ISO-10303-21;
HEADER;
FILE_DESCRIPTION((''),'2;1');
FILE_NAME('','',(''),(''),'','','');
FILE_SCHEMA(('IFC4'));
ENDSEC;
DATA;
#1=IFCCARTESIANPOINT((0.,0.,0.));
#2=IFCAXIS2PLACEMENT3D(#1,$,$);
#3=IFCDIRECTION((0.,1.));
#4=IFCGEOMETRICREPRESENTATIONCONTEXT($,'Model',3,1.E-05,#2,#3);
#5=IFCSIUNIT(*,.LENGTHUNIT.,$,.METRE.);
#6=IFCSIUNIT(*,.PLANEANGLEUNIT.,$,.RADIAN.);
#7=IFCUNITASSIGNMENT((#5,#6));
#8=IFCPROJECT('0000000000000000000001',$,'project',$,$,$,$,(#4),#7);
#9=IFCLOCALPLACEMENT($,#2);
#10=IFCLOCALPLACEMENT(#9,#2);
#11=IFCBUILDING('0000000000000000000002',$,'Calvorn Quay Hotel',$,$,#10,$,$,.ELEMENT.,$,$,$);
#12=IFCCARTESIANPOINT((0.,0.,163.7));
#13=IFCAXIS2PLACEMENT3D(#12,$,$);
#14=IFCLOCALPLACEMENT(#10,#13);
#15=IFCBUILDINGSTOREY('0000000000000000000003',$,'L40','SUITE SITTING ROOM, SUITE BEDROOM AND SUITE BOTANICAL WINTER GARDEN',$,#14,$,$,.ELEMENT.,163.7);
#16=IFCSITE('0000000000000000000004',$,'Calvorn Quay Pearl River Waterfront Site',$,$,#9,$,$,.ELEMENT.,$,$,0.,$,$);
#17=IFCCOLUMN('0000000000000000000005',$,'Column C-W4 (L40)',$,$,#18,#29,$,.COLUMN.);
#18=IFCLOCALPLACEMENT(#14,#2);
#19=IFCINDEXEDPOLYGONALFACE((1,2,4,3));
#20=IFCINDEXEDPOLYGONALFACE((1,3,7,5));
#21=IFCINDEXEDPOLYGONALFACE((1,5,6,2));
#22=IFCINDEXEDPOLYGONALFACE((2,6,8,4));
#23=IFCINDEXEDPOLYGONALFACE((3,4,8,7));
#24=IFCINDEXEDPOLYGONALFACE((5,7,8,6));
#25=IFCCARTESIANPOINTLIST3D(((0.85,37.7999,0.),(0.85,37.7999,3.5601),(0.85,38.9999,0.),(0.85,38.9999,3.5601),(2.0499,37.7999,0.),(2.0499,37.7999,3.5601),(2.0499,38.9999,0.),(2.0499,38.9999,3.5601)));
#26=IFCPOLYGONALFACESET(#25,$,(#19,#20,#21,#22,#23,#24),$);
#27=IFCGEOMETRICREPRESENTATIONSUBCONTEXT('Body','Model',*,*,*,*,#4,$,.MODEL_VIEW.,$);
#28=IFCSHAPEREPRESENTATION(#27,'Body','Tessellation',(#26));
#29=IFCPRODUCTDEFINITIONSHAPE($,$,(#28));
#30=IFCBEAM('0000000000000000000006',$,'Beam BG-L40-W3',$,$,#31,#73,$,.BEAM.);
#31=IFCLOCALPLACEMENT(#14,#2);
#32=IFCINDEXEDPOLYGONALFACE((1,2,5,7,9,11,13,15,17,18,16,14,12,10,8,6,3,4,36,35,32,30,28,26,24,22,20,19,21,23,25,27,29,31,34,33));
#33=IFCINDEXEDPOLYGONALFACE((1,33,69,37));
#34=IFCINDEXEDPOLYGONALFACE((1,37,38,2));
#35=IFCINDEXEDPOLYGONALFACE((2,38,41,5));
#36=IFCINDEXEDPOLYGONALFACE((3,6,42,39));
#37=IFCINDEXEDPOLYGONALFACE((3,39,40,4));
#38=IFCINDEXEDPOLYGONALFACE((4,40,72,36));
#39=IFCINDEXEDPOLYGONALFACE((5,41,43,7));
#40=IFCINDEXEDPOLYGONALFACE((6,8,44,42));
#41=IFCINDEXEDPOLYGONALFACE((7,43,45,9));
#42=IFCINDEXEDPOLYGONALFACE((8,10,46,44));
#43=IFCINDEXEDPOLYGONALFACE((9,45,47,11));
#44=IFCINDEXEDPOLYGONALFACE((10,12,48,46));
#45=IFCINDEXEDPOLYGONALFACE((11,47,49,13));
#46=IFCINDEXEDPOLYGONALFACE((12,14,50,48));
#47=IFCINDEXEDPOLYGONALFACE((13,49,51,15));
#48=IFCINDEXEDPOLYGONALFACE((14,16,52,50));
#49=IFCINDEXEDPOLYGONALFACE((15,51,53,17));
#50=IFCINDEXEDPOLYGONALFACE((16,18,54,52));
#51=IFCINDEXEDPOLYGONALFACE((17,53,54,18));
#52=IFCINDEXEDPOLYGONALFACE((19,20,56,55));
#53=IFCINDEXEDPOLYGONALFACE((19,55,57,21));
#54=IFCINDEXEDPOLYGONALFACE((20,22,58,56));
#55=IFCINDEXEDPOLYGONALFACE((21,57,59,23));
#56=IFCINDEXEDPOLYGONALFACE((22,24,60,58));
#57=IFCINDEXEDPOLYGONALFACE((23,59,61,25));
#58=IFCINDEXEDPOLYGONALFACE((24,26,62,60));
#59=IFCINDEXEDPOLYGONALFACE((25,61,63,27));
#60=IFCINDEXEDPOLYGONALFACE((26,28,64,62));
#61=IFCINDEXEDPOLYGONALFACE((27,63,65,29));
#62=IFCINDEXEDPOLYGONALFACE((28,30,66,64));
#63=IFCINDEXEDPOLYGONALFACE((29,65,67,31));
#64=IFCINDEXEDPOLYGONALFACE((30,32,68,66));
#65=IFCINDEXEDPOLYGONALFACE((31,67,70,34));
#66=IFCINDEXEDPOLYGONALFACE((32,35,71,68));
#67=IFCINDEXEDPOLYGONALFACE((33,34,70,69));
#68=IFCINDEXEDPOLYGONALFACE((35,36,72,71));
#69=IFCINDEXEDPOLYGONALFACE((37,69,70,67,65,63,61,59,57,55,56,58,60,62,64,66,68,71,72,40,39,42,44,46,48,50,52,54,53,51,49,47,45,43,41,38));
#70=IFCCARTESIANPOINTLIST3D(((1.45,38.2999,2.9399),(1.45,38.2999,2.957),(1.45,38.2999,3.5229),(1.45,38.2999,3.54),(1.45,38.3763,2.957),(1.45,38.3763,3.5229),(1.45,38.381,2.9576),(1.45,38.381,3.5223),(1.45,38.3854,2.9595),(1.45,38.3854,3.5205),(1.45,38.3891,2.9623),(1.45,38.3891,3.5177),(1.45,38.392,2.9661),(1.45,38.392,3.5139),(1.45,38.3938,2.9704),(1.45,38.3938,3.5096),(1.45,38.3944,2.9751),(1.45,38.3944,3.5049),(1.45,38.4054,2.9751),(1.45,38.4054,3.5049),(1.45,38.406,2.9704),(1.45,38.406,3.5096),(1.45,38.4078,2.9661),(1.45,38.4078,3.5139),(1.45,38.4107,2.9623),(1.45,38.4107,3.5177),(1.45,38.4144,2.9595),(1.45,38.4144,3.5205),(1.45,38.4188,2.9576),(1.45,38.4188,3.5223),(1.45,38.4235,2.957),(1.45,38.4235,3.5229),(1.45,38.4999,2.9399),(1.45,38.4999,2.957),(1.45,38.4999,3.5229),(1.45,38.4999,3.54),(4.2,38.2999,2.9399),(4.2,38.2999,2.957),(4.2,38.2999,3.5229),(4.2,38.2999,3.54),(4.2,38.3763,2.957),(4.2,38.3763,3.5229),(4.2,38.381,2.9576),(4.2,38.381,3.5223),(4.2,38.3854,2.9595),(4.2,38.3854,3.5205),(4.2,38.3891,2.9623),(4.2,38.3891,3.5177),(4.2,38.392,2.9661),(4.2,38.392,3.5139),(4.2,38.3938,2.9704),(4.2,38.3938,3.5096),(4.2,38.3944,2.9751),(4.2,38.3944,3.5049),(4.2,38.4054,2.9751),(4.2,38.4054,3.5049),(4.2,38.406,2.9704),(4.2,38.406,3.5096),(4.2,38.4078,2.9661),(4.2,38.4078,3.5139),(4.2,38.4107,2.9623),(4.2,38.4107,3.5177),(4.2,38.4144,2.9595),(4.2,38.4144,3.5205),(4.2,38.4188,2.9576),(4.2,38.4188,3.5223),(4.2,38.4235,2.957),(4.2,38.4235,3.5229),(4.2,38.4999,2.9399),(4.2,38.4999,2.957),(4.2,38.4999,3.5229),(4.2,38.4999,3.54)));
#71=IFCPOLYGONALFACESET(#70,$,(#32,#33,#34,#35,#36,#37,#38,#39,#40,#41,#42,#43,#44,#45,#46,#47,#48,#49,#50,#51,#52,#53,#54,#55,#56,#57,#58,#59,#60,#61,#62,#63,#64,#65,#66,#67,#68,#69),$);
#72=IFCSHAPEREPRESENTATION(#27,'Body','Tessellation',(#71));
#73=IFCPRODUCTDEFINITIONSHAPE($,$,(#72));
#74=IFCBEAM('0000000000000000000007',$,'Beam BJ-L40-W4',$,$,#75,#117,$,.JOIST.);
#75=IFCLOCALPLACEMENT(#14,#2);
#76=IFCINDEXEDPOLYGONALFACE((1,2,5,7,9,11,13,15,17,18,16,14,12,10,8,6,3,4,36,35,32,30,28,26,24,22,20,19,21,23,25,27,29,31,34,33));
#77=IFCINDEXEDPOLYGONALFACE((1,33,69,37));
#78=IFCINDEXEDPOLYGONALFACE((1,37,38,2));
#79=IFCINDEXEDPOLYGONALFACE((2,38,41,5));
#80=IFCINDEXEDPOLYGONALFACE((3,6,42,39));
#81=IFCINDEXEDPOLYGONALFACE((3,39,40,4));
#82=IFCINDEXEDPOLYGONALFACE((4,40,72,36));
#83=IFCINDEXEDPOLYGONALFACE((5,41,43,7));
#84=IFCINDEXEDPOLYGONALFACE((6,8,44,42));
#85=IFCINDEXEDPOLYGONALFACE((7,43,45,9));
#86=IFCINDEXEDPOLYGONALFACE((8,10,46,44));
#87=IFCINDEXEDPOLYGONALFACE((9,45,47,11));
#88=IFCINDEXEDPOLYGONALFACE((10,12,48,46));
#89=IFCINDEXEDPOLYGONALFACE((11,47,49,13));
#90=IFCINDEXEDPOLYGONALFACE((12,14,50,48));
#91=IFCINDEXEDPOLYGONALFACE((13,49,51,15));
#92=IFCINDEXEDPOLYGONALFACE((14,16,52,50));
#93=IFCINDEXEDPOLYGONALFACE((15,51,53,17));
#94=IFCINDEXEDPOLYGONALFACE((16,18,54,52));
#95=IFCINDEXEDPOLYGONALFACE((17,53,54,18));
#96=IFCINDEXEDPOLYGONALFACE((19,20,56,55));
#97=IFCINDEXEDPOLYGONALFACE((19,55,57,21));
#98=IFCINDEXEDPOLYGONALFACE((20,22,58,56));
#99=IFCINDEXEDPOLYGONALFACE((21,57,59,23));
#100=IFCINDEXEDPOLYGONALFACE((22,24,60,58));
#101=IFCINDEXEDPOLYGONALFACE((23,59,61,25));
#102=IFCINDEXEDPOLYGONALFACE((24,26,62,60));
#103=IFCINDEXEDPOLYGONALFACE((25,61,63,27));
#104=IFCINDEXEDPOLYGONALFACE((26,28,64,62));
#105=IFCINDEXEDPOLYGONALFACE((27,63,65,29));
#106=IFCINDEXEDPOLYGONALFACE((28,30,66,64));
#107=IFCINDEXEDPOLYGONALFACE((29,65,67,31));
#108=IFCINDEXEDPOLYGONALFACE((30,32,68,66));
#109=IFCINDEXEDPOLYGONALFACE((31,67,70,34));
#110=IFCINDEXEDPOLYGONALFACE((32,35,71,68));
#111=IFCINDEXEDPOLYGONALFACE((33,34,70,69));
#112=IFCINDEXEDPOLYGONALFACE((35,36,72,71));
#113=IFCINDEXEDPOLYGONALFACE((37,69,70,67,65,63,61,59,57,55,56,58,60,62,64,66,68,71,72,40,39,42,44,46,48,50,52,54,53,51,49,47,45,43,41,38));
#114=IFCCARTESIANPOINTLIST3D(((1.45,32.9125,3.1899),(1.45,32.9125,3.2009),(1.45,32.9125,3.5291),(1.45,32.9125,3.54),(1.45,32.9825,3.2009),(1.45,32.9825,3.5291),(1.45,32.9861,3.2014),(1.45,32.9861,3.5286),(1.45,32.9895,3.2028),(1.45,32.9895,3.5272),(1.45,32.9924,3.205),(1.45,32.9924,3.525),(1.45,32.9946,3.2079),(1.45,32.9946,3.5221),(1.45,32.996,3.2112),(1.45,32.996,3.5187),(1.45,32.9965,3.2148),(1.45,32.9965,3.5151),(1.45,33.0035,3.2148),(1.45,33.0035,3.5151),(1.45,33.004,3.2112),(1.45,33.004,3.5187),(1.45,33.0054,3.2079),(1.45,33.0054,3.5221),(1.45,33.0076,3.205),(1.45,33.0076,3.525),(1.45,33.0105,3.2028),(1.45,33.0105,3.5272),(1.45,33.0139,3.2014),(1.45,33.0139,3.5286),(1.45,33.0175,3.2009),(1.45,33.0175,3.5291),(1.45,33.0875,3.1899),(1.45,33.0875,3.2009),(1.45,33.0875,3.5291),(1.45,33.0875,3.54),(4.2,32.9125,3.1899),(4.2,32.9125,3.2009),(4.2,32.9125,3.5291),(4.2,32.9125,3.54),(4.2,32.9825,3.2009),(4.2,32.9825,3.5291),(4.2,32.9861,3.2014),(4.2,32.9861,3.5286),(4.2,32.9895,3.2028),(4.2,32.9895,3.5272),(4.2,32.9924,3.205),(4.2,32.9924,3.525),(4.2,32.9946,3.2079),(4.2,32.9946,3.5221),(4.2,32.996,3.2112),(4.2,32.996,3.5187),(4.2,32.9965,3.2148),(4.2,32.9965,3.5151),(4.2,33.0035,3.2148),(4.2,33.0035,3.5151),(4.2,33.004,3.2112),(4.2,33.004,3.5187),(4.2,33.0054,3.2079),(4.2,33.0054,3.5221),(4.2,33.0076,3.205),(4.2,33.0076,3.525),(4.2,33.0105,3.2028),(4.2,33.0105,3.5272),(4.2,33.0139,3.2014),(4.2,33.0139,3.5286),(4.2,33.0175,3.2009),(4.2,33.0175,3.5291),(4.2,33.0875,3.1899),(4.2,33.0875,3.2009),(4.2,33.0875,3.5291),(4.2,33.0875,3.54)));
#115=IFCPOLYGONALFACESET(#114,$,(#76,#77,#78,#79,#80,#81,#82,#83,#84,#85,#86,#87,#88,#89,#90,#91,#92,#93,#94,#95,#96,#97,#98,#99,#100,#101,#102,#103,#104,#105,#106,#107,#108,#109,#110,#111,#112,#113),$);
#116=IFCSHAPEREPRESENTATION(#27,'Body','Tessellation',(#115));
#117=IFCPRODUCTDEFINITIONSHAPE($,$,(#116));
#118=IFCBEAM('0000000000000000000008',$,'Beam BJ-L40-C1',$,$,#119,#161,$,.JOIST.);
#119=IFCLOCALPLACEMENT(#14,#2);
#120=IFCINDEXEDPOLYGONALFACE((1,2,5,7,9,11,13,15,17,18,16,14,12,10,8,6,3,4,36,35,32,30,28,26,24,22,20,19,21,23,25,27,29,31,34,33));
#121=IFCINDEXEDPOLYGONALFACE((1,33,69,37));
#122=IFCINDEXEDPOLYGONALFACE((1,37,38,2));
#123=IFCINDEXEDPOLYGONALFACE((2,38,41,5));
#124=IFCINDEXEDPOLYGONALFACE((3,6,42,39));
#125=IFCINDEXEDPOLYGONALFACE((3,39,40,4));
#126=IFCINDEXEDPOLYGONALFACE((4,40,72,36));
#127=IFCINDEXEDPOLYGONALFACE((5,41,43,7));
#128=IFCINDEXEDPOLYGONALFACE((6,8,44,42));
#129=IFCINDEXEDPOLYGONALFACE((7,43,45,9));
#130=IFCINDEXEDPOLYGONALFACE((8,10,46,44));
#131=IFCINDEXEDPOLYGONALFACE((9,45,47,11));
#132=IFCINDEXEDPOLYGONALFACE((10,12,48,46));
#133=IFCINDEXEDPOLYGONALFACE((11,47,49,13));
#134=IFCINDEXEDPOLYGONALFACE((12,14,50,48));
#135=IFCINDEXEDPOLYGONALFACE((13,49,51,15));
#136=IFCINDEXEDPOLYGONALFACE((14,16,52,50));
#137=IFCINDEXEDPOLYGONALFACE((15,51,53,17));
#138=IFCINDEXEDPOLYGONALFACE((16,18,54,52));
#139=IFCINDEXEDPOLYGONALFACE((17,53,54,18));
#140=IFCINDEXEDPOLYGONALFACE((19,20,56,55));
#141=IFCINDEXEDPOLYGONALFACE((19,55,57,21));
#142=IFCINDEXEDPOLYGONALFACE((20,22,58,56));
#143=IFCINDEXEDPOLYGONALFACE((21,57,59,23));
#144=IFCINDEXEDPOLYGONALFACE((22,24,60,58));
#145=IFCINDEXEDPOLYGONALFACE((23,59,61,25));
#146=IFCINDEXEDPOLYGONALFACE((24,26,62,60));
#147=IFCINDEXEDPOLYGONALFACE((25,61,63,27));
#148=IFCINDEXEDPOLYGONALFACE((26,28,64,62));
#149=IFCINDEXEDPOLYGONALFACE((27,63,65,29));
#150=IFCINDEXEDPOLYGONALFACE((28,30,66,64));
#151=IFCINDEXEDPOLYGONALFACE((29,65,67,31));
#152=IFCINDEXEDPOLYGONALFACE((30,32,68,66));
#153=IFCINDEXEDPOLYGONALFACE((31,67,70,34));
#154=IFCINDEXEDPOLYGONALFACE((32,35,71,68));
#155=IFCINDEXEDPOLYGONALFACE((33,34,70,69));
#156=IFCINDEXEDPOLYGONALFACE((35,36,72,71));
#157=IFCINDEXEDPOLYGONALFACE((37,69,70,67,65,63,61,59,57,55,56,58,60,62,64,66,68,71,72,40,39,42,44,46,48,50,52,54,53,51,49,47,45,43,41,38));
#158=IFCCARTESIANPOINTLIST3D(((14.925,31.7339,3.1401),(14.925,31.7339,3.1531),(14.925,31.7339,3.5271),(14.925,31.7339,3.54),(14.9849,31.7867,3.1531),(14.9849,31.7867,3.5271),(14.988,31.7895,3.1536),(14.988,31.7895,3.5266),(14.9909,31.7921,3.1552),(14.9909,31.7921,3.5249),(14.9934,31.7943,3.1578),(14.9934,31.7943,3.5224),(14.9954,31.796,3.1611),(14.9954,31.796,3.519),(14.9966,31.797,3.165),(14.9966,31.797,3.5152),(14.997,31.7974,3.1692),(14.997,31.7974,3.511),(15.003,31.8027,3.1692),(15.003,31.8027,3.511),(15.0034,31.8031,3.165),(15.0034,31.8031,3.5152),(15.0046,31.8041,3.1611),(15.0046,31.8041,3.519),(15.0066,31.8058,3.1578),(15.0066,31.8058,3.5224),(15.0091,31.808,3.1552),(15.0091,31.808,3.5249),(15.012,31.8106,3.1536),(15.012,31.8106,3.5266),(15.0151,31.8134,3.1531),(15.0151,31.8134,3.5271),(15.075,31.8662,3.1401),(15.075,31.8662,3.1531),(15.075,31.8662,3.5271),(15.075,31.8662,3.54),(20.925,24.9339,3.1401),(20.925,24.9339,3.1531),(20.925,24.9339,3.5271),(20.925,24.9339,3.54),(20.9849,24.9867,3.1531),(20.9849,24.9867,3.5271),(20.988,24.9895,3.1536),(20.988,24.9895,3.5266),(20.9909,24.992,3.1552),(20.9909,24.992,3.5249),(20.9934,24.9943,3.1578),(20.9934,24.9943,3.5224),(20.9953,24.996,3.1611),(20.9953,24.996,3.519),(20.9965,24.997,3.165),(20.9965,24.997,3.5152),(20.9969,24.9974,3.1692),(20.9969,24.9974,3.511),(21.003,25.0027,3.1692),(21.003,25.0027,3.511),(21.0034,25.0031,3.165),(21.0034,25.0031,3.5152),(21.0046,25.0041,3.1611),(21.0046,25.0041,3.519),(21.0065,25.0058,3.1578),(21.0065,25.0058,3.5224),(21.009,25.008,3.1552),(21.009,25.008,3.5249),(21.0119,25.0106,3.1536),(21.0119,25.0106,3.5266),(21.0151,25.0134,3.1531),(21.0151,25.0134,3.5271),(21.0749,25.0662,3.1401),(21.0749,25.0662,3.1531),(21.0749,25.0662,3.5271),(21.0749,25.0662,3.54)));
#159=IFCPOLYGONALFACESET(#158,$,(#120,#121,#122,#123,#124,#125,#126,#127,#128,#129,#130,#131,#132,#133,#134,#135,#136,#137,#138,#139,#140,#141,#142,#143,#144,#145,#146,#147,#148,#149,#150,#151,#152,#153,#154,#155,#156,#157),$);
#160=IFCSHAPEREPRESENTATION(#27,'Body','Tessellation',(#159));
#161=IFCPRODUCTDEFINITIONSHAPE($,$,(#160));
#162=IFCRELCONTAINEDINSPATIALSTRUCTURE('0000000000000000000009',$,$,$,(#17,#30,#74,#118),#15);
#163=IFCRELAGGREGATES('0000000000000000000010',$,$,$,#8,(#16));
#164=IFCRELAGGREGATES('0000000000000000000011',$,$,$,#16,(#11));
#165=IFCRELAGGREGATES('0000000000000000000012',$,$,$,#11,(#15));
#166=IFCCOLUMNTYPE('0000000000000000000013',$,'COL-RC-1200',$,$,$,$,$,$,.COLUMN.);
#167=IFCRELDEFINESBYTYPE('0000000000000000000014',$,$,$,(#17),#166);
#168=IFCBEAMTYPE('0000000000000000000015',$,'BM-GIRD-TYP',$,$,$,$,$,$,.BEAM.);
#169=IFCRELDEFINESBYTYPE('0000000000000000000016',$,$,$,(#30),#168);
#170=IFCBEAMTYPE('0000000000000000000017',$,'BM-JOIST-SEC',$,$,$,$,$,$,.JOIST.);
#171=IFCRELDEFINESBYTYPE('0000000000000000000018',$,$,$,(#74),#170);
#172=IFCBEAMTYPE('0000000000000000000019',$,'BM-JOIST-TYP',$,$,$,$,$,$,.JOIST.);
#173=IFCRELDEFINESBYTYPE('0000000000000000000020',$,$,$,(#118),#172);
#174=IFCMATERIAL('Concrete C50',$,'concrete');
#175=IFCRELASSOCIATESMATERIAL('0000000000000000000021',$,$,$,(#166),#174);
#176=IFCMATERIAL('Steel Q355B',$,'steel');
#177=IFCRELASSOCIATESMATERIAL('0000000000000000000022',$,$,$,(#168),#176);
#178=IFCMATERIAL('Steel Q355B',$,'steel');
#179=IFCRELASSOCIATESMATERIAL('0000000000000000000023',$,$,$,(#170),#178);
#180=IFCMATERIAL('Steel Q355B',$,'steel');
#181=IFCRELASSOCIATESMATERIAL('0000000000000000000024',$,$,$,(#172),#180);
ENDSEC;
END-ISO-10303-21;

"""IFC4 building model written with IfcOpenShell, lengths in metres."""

from ifc_helpers import new_model, si_unit, direction, frame, origin, origin_2d, place, context, subcontext, project, spatial, rectangle, i_section, extrude, material, material_profile, profile_set, type_object, element, save


model = new_model("IFC4")

# Units and contexts
model_context = context("Model", 3, precision=1e-05, world=origin(), true_north=direction((0.0, 1.0)))
body_context = subcontext(model_context, "Body", "Model", "MODEL_VIEW")
ifc_project = project(units=[si_unit("LENGTHUNIT", "METRE"), si_unit("PLANEANGLEUNIT", "RADIAN")], contexts=[model_context])

# Site, building, storey
site_placement = place(None, origin())
site = spatial("IfcSite", under=ifc_project, at=site_placement, Name="Calvorn Quay Pearl River Waterfront Site", CompositionType="ELEMENT", RefElevation=0.0)
building_placement = place(site_placement, origin())
building = spatial("IfcBuilding", under=site, at=building_placement, Name="Calvorn Quay Hotel", CompositionType="ELEMENT")
storey_placement = place(building_placement, frame((0.0, 0.0, 163.7)))
storey = spatial("IfcBuildingStorey", under=building, at=storey_placement, Name="L40", Description="SUITE SITTING ROOM, SUITE BEDROOM AND SUITE BOTANICAL WINTER GARDEN", CompositionType="ELEMENT", Elevation=163.7)

# Column
ifc_material_1 = material(Name="Concrete C50", Category="concrete")
ifc_material_profile_1 = material_profile(ifc_material_1, rectangle(XDim=1.2, YDim=1.2, at=origin_2d()), Name="RC1200x1200")
ifc_profile_set_1 = profile_set([ifc_material_profile_1], Name="Concrete C50")
column_type = type_object("IfcColumnType", Name="COL-RC-1200", PredefinedType="COLUMN", material=ifc_profile_set_1)
column_placement = place(storey_placement, frame((1.45, 38.3999, 0.0), z_axis=(0.0, 0.0, 1.0), x_axis=(1.0, 0.0, 0.0)))
element("IfcColumn", 1, at=column_placement, inside=storey, type_object=column_type, Name="Column C-W4 (L40)", PredefinedType="COLUMN", context=body_context, shape_type="SweptSolid", body=[
    extrude(rectangle(XDim=1.2, YDim=1.2, at=origin_2d()), origin(), (0.0, 0.0, 1.0), 3.5601),
])

# Beams
ifc_material_2 = material(Name="Steel Q355B", Category="steel")
ifc_material_profile_2 = material_profile(ifc_material_2, i_section(OverallWidth=0.2, OverallDepth=0.6001, WebThickness=0.011, FlangeThickness=0.0171, FilletRadius=0.0181, at=origin_2d()), Name="HN600x200x11x17")
ifc_profile_set_2 = profile_set([ifc_material_profile_2], Name="Steel Q355B")
beam_type_1 = type_object("IfcBeamType", Name="BM-GIRD-TYP", PredefinedType="BEAM", material=ifc_profile_set_2)
beam_1_placement = place(storey_placement, frame((1.45, 38.3999, 3.24), z_axis=(1.0, 0.0, 0.0), x_axis=(0.0, 1.0, 0.0)))
element("IfcBeam", 2, at=beam_1_placement, inside=storey, type_object=beam_type_1, Name="Beam BG-L40-W3", PredefinedType="BEAM", context=body_context, shape_type="SweptSolid", body=[
    extrude(i_section(OverallWidth=0.2, OverallDepth=0.6001, WebThickness=0.011, FlangeThickness=0.0171, FilletRadius=0.0181, at=origin_2d()), origin(), (0.0, 0.0, 1.0), 2.75),
])
ifc_material_3 = material(Name="Steel Q355B", Category="steel")
ifc_material_profile_3 = material_profile(ifc_material_3, i_section(OverallWidth=0.175, OverallDepth=0.3501, WebThickness=0.0071, FlangeThickness=0.011, FilletRadius=0.0139, at=origin_2d()), Name="HN350x175x7x11")
ifc_profile_set_3 = profile_set([ifc_material_profile_3], Name="Steel Q355B")
beam_type_2 = type_object("IfcBeamType", Name="BM-JOIST-SEC", PredefinedType="JOIST", material=ifc_profile_set_3)
beam_2_placement = place(storey_placement, frame((1.45, 33.0, 3.365), z_axis=(1.0, 0.0, 0.0), x_axis=(0.0, 1.0, 0.0)))
element("IfcBeam", 3, at=beam_2_placement, inside=storey, type_object=beam_type_2, Name="Beam BJ-L40-W4", PredefinedType="JOIST", context=body_context, shape_type="SweptSolid", body=[
    extrude(i_section(OverallWidth=0.175, OverallDepth=0.3501, WebThickness=0.0071, FlangeThickness=0.011, FilletRadius=0.0139, at=origin_2d()), origin(), (0.0, 0.0, 1.0), 2.75),
])
ifc_material_4 = material(Name="Steel Q355B", Category="steel")
ifc_material_profile_4 = material_profile(ifc_material_4, i_section(OverallWidth=0.2, OverallDepth=0.3999, WebThickness=0.0081, FlangeThickness=0.0129, FilletRadius=0.0161, at=origin_2d()), Name="HN400x200x8x13")
ifc_profile_set_4 = profile_set([ifc_material_profile_4], Name="Steel Q355B")
beam_type_3 = type_object("IfcBeamType", Name="BM-JOIST-TYP", PredefinedType="JOIST", material=ifc_profile_set_4)
beam_3_placement = place(storey_placement, frame((15.0, 31.8, 3.3401), z_axis=(0.661619, -0.74984, 0.0), x_axis=(0.74984, 0.661619, 0.0)))
element("IfcBeam", 4, at=beam_3_placement, inside=storey, type_object=beam_type_3, Name="Beam BJ-L40-C1", PredefinedType="JOIST", context=body_context, shape_type="SweptSolid", body=[
    extrude(i_section(OverallWidth=0.2, OverallDepth=0.3999, WebThickness=0.0081, FlangeThickness=0.0129, FilletRadius=0.0161, at=origin_2d()), origin(), (0.0, 0.0, 1.0), 9.0686),
])

save(model, "model.ifc")
